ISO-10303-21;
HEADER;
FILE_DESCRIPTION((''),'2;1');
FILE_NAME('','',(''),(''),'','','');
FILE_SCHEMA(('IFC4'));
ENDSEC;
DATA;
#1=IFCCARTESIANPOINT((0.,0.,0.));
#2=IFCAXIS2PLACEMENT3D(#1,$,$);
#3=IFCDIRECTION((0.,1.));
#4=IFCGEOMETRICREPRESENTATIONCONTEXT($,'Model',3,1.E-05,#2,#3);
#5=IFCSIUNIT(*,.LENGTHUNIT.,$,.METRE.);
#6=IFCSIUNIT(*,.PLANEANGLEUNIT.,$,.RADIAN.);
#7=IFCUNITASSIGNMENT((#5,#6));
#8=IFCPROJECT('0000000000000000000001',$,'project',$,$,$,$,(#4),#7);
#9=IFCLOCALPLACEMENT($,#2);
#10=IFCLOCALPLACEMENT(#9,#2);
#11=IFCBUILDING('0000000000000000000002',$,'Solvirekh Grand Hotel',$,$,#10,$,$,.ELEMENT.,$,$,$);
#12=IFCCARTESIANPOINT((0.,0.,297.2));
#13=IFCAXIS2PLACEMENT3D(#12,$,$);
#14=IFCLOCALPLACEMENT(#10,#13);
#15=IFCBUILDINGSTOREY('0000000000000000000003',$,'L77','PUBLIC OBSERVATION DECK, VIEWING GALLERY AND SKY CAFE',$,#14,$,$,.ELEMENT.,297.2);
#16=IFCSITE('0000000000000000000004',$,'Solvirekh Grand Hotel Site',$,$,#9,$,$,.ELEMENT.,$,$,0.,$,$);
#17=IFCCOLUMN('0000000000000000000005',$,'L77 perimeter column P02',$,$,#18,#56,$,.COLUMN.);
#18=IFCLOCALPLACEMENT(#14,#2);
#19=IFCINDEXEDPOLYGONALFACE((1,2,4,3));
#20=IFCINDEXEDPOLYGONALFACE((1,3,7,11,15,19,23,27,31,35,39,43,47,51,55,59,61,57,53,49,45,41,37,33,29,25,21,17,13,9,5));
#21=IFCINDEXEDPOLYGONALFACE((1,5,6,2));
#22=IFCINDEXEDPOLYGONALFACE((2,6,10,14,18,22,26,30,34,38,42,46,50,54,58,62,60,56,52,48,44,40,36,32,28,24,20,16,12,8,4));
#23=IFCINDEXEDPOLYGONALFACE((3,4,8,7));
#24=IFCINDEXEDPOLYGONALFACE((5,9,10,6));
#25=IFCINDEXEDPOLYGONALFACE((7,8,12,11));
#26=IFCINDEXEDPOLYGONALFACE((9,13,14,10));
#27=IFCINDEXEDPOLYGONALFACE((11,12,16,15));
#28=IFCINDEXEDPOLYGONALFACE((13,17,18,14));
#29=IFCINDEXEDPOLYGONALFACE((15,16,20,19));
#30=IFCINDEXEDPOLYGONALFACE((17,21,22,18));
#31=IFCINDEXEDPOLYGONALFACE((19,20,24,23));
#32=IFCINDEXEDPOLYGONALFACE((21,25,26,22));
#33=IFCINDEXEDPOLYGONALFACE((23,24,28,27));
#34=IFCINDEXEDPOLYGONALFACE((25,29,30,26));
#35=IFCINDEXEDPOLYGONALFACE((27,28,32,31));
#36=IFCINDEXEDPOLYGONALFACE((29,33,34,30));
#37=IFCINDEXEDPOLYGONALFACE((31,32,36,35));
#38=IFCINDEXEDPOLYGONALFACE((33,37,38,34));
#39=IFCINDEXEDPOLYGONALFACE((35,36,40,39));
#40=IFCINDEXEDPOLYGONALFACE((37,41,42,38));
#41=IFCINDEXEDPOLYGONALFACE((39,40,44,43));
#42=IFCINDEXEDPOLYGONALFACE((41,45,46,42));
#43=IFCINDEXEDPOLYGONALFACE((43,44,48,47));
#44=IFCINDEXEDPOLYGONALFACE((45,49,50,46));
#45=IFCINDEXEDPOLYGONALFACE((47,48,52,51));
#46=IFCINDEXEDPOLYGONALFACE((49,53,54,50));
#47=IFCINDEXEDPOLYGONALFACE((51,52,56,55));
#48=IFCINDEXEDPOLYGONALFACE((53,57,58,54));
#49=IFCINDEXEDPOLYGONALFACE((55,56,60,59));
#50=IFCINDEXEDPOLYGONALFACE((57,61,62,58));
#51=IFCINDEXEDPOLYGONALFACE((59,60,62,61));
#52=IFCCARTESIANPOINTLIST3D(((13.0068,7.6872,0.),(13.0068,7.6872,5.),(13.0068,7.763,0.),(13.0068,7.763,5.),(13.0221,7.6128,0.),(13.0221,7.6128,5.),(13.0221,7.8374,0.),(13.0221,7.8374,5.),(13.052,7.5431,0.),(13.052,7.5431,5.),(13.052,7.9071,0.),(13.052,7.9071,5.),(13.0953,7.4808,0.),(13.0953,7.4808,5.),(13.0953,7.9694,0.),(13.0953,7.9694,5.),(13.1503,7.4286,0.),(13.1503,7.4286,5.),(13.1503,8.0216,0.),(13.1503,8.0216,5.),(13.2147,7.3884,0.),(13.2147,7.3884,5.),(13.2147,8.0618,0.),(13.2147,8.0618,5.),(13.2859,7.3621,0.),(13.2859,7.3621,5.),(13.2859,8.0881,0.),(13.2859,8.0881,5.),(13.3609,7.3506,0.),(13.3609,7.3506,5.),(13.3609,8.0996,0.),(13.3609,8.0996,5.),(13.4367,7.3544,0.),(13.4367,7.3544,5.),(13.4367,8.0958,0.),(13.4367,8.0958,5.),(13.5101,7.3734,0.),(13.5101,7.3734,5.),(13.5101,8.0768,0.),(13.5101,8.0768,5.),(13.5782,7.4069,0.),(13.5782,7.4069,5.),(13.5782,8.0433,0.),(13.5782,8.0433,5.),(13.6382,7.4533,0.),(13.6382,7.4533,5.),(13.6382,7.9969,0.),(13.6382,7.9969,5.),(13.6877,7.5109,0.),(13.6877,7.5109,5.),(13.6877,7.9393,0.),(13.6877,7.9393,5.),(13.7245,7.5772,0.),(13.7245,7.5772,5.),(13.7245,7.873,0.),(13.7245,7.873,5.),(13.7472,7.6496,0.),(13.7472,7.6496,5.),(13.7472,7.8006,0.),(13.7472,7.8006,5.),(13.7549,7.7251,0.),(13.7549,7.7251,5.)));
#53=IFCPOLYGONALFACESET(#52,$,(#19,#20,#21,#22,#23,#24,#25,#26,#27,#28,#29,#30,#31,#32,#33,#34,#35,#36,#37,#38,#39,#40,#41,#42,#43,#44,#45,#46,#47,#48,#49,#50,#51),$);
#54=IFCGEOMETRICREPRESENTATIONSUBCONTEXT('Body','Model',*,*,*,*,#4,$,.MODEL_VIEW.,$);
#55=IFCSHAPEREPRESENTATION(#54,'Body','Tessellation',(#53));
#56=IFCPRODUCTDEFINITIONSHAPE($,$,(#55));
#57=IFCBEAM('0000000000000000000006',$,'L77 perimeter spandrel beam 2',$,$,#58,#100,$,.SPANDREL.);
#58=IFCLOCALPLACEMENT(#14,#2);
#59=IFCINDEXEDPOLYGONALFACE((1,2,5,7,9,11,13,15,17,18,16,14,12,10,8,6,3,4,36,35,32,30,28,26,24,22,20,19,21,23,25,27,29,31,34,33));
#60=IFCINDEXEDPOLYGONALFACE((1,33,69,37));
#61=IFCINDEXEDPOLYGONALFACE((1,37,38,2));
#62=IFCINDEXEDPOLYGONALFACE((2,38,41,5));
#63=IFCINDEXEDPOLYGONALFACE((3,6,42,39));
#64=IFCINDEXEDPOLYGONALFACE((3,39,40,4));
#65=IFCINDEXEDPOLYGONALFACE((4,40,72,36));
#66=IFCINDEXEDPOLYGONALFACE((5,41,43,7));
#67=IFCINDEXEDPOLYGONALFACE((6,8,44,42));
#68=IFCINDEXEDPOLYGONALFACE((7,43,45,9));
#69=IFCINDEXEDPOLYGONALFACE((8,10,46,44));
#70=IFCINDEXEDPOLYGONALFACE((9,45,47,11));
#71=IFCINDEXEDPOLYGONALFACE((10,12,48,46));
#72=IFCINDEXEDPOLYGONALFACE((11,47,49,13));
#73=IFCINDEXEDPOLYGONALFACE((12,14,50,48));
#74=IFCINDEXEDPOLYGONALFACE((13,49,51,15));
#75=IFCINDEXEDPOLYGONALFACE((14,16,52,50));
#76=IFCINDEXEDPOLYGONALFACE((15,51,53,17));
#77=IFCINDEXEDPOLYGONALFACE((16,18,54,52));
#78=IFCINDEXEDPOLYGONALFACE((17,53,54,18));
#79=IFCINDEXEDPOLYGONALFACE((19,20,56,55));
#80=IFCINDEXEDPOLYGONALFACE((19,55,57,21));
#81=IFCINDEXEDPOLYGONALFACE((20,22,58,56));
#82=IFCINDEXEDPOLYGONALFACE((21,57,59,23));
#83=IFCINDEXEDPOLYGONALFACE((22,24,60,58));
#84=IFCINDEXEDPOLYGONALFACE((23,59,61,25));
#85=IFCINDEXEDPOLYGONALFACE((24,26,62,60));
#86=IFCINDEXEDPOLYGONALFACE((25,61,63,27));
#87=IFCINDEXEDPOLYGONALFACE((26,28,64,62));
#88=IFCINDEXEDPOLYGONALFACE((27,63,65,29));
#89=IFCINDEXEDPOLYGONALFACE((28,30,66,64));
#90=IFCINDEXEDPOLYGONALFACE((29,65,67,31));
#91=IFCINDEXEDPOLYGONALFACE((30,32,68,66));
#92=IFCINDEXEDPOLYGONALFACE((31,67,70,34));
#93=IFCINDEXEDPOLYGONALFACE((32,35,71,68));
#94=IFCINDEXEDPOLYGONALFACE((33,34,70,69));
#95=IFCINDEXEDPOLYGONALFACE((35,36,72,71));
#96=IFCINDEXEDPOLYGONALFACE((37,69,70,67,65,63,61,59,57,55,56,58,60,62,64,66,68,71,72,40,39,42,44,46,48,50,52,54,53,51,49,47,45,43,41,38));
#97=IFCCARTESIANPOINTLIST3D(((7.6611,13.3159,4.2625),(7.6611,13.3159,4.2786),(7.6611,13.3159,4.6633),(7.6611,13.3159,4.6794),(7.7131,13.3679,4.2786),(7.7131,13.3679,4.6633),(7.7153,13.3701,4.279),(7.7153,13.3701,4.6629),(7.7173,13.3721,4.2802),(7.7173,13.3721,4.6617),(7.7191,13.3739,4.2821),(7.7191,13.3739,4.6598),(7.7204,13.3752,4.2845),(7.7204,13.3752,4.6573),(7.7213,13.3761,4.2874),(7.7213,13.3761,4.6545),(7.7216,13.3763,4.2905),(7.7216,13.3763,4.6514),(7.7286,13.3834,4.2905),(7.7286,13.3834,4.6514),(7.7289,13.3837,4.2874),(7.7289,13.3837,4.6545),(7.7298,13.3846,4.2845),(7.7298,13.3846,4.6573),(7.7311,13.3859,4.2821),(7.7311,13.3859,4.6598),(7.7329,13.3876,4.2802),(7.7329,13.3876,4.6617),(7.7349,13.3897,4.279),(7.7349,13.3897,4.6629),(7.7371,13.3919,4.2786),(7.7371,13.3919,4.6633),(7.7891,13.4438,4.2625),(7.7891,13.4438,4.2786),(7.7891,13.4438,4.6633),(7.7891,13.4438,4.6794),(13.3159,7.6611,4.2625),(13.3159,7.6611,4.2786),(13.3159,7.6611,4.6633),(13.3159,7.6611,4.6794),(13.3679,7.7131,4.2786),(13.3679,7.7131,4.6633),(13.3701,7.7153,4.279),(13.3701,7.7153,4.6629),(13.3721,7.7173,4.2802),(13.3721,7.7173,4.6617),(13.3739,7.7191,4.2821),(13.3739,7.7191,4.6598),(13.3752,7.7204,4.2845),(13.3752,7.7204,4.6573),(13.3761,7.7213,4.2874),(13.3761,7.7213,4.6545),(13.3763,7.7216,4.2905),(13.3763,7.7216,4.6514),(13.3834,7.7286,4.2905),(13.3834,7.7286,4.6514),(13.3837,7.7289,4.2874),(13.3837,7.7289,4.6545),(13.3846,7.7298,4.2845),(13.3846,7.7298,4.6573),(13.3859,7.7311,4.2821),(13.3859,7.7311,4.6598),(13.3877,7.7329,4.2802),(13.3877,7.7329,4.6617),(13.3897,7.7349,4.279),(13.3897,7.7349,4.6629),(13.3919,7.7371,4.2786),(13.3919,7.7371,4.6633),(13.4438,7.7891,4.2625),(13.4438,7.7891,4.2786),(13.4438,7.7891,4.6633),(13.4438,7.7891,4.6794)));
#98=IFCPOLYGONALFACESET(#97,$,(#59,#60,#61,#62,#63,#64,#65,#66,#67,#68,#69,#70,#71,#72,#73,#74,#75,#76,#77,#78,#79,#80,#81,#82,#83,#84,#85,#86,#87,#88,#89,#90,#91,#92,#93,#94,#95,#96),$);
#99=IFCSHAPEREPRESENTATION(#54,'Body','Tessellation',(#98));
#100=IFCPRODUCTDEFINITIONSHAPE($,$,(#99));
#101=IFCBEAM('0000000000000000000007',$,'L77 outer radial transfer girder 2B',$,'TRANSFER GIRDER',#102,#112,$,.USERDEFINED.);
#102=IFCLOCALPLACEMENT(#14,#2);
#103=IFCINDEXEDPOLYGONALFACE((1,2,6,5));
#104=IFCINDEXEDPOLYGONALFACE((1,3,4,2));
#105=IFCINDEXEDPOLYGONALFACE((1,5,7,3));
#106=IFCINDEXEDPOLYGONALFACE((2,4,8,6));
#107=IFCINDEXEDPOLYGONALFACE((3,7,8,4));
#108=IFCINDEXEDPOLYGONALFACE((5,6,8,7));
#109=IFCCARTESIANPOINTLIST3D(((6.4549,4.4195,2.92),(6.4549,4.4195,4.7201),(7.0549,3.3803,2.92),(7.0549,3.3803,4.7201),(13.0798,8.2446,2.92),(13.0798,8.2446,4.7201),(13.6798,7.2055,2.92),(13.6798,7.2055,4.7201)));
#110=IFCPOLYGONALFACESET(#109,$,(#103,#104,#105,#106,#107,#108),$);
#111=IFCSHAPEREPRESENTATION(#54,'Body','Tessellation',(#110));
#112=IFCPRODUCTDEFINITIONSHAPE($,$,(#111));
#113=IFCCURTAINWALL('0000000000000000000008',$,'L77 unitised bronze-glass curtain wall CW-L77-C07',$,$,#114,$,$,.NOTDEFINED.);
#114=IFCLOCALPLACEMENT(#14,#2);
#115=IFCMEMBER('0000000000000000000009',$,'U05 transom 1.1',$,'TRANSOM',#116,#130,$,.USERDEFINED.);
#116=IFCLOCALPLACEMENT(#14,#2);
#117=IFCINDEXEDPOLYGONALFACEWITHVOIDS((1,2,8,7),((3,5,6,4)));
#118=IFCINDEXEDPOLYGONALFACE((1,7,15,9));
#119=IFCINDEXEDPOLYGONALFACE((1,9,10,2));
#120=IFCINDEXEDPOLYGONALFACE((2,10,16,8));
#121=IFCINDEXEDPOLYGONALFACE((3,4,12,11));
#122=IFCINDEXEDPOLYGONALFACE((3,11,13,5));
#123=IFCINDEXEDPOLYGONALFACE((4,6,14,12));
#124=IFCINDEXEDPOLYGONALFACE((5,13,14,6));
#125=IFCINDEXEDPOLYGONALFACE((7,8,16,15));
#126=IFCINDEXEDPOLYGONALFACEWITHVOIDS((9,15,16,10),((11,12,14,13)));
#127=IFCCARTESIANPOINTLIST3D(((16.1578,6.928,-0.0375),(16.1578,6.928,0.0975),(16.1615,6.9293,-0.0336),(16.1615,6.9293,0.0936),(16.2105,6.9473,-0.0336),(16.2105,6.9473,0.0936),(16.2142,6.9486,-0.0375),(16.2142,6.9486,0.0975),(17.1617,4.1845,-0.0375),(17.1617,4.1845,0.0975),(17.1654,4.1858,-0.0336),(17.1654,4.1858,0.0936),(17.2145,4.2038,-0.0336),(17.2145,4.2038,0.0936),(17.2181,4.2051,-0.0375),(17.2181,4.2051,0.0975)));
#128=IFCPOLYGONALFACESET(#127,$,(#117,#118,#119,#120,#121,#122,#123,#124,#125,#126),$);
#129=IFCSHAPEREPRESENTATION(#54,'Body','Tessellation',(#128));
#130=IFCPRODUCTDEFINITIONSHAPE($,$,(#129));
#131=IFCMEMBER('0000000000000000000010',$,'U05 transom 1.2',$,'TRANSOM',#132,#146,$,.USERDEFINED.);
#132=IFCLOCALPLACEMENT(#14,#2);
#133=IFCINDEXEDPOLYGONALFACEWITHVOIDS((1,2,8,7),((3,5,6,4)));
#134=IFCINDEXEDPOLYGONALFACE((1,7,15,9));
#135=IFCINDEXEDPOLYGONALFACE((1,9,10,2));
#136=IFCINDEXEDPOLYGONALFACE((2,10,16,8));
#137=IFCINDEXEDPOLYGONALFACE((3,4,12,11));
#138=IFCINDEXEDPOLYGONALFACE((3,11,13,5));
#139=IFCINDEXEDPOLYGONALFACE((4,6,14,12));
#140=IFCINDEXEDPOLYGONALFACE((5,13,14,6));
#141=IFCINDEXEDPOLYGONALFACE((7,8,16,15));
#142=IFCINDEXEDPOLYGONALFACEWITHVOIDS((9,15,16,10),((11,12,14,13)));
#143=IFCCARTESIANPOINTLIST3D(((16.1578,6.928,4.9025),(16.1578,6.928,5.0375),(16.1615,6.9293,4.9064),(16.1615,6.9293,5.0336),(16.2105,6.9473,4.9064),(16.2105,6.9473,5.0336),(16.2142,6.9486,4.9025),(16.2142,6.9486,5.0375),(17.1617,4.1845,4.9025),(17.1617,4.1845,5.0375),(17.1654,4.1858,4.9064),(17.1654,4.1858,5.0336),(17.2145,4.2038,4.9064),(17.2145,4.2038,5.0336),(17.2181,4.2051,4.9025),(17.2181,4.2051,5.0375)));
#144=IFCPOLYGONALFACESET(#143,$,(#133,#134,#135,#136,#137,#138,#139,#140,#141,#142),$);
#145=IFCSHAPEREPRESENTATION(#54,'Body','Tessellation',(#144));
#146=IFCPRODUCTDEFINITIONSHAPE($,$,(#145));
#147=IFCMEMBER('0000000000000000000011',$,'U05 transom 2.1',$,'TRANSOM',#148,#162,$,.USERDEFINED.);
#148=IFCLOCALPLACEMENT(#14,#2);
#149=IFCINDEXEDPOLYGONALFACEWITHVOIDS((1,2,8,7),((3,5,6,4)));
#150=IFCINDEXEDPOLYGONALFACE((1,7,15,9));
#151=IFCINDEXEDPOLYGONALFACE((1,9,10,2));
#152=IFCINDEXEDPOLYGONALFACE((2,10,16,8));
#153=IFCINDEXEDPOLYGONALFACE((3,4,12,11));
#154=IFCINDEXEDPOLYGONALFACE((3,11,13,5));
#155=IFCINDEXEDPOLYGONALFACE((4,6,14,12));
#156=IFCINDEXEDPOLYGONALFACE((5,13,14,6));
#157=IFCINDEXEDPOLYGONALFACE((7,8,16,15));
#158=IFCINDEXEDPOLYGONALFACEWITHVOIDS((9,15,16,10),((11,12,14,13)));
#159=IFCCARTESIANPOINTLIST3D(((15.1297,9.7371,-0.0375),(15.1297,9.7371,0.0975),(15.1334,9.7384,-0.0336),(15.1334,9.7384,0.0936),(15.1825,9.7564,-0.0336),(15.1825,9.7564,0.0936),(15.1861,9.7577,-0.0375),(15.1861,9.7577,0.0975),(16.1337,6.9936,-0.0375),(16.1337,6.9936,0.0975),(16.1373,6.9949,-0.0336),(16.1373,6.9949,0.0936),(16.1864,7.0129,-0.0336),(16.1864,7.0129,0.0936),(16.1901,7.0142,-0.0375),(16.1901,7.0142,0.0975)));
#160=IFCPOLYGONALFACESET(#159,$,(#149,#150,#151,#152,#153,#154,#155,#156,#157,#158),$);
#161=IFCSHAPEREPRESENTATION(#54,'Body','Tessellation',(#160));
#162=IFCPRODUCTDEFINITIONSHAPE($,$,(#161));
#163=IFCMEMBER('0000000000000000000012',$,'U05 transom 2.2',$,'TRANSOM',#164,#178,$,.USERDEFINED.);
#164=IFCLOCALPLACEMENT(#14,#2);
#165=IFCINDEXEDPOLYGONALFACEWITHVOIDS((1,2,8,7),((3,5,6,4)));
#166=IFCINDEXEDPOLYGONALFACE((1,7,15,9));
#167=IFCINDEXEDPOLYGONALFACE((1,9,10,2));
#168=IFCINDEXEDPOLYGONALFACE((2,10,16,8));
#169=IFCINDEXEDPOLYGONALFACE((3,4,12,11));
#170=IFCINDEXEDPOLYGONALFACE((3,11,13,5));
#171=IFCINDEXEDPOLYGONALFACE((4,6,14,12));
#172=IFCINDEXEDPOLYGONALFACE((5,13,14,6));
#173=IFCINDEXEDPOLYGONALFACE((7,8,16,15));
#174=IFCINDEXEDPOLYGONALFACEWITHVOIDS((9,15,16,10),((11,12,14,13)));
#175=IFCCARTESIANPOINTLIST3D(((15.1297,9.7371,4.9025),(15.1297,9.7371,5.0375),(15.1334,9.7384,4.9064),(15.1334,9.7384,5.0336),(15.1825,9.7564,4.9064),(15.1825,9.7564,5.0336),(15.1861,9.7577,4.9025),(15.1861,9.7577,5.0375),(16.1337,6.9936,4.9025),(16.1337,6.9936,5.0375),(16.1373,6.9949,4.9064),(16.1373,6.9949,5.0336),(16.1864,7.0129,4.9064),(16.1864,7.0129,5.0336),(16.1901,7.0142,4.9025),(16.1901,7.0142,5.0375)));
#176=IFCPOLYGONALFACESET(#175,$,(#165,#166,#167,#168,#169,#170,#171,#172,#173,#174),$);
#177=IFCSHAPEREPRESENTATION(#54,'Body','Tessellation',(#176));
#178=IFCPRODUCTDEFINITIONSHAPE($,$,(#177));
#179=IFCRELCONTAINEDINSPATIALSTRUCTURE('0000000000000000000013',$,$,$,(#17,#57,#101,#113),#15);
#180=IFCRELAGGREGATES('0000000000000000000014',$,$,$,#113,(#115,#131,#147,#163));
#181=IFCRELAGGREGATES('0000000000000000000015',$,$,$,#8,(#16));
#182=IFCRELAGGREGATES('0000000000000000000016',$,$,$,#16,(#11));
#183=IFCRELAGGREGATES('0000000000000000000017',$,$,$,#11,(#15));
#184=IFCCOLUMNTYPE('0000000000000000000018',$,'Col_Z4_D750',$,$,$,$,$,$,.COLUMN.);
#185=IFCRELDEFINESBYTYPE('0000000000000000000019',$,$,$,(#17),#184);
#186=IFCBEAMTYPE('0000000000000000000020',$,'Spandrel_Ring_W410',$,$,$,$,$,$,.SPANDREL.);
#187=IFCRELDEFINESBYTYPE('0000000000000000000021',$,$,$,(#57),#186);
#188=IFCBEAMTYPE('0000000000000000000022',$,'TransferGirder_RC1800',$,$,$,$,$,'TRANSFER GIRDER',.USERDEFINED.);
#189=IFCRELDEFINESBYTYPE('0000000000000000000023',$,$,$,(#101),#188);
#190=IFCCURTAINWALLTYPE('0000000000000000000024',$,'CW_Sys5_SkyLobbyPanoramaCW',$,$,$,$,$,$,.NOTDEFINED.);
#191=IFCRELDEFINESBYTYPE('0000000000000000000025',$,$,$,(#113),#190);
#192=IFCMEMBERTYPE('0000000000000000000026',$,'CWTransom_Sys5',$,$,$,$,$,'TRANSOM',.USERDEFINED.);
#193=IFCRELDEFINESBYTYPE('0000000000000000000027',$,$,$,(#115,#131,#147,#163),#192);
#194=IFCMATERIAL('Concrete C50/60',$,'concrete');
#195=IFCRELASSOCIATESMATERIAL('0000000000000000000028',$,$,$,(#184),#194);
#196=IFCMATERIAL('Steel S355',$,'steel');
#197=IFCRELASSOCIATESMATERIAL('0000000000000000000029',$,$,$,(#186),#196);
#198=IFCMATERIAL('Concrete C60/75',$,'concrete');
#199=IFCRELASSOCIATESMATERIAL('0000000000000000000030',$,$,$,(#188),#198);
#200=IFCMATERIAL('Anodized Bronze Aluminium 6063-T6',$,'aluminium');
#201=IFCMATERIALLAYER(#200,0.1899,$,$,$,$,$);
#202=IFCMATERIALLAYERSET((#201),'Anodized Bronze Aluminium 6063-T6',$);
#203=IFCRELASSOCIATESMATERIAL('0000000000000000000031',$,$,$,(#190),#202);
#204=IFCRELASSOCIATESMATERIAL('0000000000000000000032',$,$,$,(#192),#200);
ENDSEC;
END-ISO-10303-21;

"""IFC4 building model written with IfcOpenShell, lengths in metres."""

from ifc_helpers import new_model, si_unit, direction, frame, origin, origin_2d, place, context, subcontext, project, spatial, rectangle, hollow_rectangle, circle, i_section, extrude, source, transform, mapped, material, layer, layer_set, material_profile, profile_set, type_object, element, aggregate, save


model = new_model("IFC4")

# Units and contexts
model_context = context("Model", 3, precision=1e-05, world=origin(), true_north=direction((0.0, 1.0)))
body_context = subcontext(model_context, "Body", "Model", "MODEL_VIEW")
ifc_project = project(units=[si_unit("LENGTHUNIT", "METRE"), si_unit("PLANEANGLEUNIT", "RADIAN")], contexts=[model_context])

# Site, building, storey
site_placement = place(None, origin())
site = spatial("IfcSite", under=ifc_project, at=site_placement, Name="Solvirekh Grand Hotel Site", CompositionType="ELEMENT", RefElevation=0.0)
building_placement = place(site_placement, origin())
building = spatial("IfcBuilding", under=site, at=building_placement, Name="Solvirekh Grand Hotel", CompositionType="ELEMENT")
storey_placement = place(building_placement, frame((0.0, 0.0, 297.2)))
storey = spatial("IfcBuildingStorey", under=building, at=storey_placement, Name="L77", Description="PUBLIC OBSERVATION DECK, VIEWING GALLERY AND SKY CAFE", CompositionType="ELEMENT", Elevation=297.2)

# Column
ifc_material_1 = material(Name="Concrete C50/60", Category="concrete")
ifc_material_profile_1 = material_profile(ifc_material_1, circle(Radius=0.375, at=origin_2d()), Name="RC CIRC D750")
ifc_profile_set_1 = profile_set([ifc_material_profile_1], Name="Concrete C50/60")
column_type = type_object("IfcColumnType", Name="Col_Z4_D750", PredefinedType="COLUMN", material=ifc_profile_set_1)
column_placement = place(storey_placement, frame((13.3799, 7.7251, 0.0), z_axis=(0.0, 0.0, 1.0), x_axis=(1.0, 0.0, 0.0)))
element("IfcColumn", 1, at=column_placement, inside=storey, type_object=column_type, Name="L77 perimeter column P02", PredefinedType="COLUMN", context=body_context, shape_type="SweptSolid", body=[
    extrude(circle(Radius=0.375, at=origin_2d()), origin(), (0.0, 0.0, 1.0), 5.0),
])

# Beams
ifc_material_2 = material(Name="Steel S355", Category="steel")
ifc_material_profile_2 = material_profile(ifc_material_2, i_section(OverallWidth=0.1809, OverallDepth=0.417, WebThickness=0.01, FlangeThickness=0.0161, FilletRadius=0.012, at=origin_2d()), Name="W410X85")
ifc_profile_set_2 = profile_set([ifc_material_profile_2], Name="Steel S355")
beam_type_1 = type_object("IfcBeamType", Name="Spandrel_Ring_W410", PredefinedType="SPANDREL", material=ifc_profile_set_2)
beam_1_placement = place(storey_placement, frame((13.3799, 7.7251, 4.4709), z_axis=(-0.707107, 0.707107, 0.0), x_axis=(-0.707107, -0.707107, 0.0)))
element("IfcBeam", 2, at=beam_1_placement, inside=storey, type_object=beam_type_1, Name="L77 perimeter spandrel beam 2", PredefinedType="SPANDREL", context=body_context, shape_type="SweptSolid", body=[
    extrude(i_section(OverallWidth=0.1809, OverallDepth=0.417, WebThickness=0.01, FlangeThickness=0.0161, FilletRadius=0.012, at=origin_2d()), origin(), (0.0, 0.0, 1.0), 7.9971),
])
ifc_material_3 = material(Name="Concrete C60/75", Category="concrete")
ifc_material_profile_3 = material_profile(ifc_material_3, rectangle(XDim=1.2, YDim=1.8, at=origin_2d()), Name="RC GIRDER 1200X1800")
ifc_profile_set_3 = profile_set([ifc_material_profile_3], Name="Concrete C60/75")
beam_type_2 = type_object("IfcBeamType", Name="TransferGirder_RC1800", ElementType="TRANSFER GIRDER", PredefinedType="USERDEFINED", material=ifc_profile_set_3)
beam_2_placement = place(storey_placement, frame((6.7549, 3.8999, 3.8201), z_axis=(0.866011, 0.500024, 0.0), x_axis=(-0.500024, 0.866011, 0.0)))
element("IfcBeam", 3, at=beam_2_placement, inside=storey, type_object=beam_type_2, Name="L77 outer radial transfer girder 2B", ObjectType="TRANSFER GIRDER", PredefinedType="USERDEFINED", context=body_context, shape_type="SweptSolid", body=[
    extrude(rectangle(XDim=1.2, YDim=1.8, at=origin_2d()), origin(), (0.0, 0.0, 1.0), 7.6499),
])

# Curtain wall, members
ifc_material_4 = material(Name="Anodized Bronze Aluminium 6063-T6", Category="aluminium")
ifc_layer_1 = layer(ifc_material_4, 0.1899)
ifc_layer_set_1 = layer_set([ifc_layer_1], Name="Anodized Bronze Aluminium 6063-T6")
curtain_wall_type = type_object("IfcCurtainWallType", Name="CW_Sys5_SkyLobbyPanoramaCW", PredefinedType="NOTDEFINED", material=ifc_layer_set_1)
curtain_wall_1_placement = place(storey_placement, origin())
curtain_wall_1 = element("IfcCurtainWall", 4, at=curtain_wall_1_placement, inside=storey, type_object=curtain_wall_type, Name="L77 unitised bronze-glass curtain wall CW-L77-C07", PredefinedType="NOTDEFINED")
ifc_material_profile_4 = material_profile(ifc_material_4, hollow_rectangle(XDim=0.0601, YDim=0.135, WallThickness=0.0039, at=origin_2d()), Name="ALU RHS 135X60X4")
ifc_profile_set_4 = profile_set([ifc_material_profile_4], Name="Anodized Bronze Aluminium 6063-T6")
member_type_1 = type_object("IfcMemberType", Name="CWTransom_Sys5", ElementType="TRANSOM", PredefinedType="USERDEFINED", material=ifc_profile_set_4)
shared_shape_1 = source(origin(), body_context, "Body", "SweptSolid", [
    extrude(hollow_rectangle(XDim=0.0601, YDim=0.135, WallThickness=0.0039, at=origin_2d()), origin(), (0.0, 0.0, 1.0), 2.9214),
])
member_1_placement = place(storey_placement, frame((17.1899, 4.1948, 0.03), z_axis=(-0.343648, 0.939099, 0.0), x_axis=(-0.939099, -0.343648, 0.0)))
member_1 = element("IfcMember", 5, at=member_1_placement, type_object=member_type_1, Name="U05 transom 1.1", ObjectType="TRANSOM", PredefinedType="USERDEFINED", context=body_context, shape_type="MappedRepresentation", body=[
    mapped(shared_shape_1, transform((0.0, 0.0, 0.0), x_axis=(1.0, 0.0, 0.0), y_axis=(0.0, 1.0, 0.0), z_axis=(0.0, 0.0, 1.0), scale=1.0)),
])
member_2_placement = place(storey_placement, frame((17.1899, 4.1948, 4.97), z_axis=(-0.343648, 0.939099, 0.0), x_axis=(-0.939099, -0.343648, 0.0)))
member_2 = element("IfcMember", 6, at=member_2_placement, type_object=member_type_1, Name="U05 transom 1.2", ObjectType="TRANSOM", PredefinedType="USERDEFINED", context=body_context, shape_type="MappedRepresentation", body=[
    mapped(shared_shape_1, transform((0.0, 0.0, 0.0), x_axis=(1.0, 0.0, 0.0), y_axis=(0.0, 1.0, 0.0), z_axis=(0.0, 0.0, 1.0), scale=1.0)),
])
member_3_placement = place(storey_placement, frame((16.1619, 7.0039, 0.03), z_axis=(-0.343648, 0.939099, 0.0), x_axis=(-0.939099, -0.343648, 0.0)))
member_3 = element("IfcMember", 7, at=member_3_placement, type_object=member_type_1, Name="U05 transom 2.1", ObjectType="TRANSOM", PredefinedType="USERDEFINED", context=body_context, shape_type="MappedRepresentation", body=[
    mapped(shared_shape_1, transform((0.0, 0.0, 0.0), x_axis=(1.0, 0.0, 0.0), y_axis=(0.0, 1.0, 0.0), z_axis=(0.0, 0.0, 1.0), scale=1.0)),
])
member_4_placement = place(storey_placement, frame((16.1619, 7.0039, 4.97), z_axis=(-0.343648, 0.939099, 0.0), x_axis=(-0.939099, -0.343648, 0.0)))
member_4 = element("IfcMember", 8, at=member_4_placement, type_object=member_type_1, Name="U05 transom 2.2", ObjectType="TRANSOM", PredefinedType="USERDEFINED", context=body_context, shape_type="MappedRepresentation", body=[
    mapped(shared_shape_1, transform((0.0, 0.0, 0.0), x_axis=(1.0, 0.0, 0.0), y_axis=(0.0, 1.0, 0.0), z_axis=(0.0, 0.0, 1.0), scale=1.0)),
])

aggregate(curtain_wall_1, [member_1, member_2, member_3, member_4])

save(model, "model.ifc")
